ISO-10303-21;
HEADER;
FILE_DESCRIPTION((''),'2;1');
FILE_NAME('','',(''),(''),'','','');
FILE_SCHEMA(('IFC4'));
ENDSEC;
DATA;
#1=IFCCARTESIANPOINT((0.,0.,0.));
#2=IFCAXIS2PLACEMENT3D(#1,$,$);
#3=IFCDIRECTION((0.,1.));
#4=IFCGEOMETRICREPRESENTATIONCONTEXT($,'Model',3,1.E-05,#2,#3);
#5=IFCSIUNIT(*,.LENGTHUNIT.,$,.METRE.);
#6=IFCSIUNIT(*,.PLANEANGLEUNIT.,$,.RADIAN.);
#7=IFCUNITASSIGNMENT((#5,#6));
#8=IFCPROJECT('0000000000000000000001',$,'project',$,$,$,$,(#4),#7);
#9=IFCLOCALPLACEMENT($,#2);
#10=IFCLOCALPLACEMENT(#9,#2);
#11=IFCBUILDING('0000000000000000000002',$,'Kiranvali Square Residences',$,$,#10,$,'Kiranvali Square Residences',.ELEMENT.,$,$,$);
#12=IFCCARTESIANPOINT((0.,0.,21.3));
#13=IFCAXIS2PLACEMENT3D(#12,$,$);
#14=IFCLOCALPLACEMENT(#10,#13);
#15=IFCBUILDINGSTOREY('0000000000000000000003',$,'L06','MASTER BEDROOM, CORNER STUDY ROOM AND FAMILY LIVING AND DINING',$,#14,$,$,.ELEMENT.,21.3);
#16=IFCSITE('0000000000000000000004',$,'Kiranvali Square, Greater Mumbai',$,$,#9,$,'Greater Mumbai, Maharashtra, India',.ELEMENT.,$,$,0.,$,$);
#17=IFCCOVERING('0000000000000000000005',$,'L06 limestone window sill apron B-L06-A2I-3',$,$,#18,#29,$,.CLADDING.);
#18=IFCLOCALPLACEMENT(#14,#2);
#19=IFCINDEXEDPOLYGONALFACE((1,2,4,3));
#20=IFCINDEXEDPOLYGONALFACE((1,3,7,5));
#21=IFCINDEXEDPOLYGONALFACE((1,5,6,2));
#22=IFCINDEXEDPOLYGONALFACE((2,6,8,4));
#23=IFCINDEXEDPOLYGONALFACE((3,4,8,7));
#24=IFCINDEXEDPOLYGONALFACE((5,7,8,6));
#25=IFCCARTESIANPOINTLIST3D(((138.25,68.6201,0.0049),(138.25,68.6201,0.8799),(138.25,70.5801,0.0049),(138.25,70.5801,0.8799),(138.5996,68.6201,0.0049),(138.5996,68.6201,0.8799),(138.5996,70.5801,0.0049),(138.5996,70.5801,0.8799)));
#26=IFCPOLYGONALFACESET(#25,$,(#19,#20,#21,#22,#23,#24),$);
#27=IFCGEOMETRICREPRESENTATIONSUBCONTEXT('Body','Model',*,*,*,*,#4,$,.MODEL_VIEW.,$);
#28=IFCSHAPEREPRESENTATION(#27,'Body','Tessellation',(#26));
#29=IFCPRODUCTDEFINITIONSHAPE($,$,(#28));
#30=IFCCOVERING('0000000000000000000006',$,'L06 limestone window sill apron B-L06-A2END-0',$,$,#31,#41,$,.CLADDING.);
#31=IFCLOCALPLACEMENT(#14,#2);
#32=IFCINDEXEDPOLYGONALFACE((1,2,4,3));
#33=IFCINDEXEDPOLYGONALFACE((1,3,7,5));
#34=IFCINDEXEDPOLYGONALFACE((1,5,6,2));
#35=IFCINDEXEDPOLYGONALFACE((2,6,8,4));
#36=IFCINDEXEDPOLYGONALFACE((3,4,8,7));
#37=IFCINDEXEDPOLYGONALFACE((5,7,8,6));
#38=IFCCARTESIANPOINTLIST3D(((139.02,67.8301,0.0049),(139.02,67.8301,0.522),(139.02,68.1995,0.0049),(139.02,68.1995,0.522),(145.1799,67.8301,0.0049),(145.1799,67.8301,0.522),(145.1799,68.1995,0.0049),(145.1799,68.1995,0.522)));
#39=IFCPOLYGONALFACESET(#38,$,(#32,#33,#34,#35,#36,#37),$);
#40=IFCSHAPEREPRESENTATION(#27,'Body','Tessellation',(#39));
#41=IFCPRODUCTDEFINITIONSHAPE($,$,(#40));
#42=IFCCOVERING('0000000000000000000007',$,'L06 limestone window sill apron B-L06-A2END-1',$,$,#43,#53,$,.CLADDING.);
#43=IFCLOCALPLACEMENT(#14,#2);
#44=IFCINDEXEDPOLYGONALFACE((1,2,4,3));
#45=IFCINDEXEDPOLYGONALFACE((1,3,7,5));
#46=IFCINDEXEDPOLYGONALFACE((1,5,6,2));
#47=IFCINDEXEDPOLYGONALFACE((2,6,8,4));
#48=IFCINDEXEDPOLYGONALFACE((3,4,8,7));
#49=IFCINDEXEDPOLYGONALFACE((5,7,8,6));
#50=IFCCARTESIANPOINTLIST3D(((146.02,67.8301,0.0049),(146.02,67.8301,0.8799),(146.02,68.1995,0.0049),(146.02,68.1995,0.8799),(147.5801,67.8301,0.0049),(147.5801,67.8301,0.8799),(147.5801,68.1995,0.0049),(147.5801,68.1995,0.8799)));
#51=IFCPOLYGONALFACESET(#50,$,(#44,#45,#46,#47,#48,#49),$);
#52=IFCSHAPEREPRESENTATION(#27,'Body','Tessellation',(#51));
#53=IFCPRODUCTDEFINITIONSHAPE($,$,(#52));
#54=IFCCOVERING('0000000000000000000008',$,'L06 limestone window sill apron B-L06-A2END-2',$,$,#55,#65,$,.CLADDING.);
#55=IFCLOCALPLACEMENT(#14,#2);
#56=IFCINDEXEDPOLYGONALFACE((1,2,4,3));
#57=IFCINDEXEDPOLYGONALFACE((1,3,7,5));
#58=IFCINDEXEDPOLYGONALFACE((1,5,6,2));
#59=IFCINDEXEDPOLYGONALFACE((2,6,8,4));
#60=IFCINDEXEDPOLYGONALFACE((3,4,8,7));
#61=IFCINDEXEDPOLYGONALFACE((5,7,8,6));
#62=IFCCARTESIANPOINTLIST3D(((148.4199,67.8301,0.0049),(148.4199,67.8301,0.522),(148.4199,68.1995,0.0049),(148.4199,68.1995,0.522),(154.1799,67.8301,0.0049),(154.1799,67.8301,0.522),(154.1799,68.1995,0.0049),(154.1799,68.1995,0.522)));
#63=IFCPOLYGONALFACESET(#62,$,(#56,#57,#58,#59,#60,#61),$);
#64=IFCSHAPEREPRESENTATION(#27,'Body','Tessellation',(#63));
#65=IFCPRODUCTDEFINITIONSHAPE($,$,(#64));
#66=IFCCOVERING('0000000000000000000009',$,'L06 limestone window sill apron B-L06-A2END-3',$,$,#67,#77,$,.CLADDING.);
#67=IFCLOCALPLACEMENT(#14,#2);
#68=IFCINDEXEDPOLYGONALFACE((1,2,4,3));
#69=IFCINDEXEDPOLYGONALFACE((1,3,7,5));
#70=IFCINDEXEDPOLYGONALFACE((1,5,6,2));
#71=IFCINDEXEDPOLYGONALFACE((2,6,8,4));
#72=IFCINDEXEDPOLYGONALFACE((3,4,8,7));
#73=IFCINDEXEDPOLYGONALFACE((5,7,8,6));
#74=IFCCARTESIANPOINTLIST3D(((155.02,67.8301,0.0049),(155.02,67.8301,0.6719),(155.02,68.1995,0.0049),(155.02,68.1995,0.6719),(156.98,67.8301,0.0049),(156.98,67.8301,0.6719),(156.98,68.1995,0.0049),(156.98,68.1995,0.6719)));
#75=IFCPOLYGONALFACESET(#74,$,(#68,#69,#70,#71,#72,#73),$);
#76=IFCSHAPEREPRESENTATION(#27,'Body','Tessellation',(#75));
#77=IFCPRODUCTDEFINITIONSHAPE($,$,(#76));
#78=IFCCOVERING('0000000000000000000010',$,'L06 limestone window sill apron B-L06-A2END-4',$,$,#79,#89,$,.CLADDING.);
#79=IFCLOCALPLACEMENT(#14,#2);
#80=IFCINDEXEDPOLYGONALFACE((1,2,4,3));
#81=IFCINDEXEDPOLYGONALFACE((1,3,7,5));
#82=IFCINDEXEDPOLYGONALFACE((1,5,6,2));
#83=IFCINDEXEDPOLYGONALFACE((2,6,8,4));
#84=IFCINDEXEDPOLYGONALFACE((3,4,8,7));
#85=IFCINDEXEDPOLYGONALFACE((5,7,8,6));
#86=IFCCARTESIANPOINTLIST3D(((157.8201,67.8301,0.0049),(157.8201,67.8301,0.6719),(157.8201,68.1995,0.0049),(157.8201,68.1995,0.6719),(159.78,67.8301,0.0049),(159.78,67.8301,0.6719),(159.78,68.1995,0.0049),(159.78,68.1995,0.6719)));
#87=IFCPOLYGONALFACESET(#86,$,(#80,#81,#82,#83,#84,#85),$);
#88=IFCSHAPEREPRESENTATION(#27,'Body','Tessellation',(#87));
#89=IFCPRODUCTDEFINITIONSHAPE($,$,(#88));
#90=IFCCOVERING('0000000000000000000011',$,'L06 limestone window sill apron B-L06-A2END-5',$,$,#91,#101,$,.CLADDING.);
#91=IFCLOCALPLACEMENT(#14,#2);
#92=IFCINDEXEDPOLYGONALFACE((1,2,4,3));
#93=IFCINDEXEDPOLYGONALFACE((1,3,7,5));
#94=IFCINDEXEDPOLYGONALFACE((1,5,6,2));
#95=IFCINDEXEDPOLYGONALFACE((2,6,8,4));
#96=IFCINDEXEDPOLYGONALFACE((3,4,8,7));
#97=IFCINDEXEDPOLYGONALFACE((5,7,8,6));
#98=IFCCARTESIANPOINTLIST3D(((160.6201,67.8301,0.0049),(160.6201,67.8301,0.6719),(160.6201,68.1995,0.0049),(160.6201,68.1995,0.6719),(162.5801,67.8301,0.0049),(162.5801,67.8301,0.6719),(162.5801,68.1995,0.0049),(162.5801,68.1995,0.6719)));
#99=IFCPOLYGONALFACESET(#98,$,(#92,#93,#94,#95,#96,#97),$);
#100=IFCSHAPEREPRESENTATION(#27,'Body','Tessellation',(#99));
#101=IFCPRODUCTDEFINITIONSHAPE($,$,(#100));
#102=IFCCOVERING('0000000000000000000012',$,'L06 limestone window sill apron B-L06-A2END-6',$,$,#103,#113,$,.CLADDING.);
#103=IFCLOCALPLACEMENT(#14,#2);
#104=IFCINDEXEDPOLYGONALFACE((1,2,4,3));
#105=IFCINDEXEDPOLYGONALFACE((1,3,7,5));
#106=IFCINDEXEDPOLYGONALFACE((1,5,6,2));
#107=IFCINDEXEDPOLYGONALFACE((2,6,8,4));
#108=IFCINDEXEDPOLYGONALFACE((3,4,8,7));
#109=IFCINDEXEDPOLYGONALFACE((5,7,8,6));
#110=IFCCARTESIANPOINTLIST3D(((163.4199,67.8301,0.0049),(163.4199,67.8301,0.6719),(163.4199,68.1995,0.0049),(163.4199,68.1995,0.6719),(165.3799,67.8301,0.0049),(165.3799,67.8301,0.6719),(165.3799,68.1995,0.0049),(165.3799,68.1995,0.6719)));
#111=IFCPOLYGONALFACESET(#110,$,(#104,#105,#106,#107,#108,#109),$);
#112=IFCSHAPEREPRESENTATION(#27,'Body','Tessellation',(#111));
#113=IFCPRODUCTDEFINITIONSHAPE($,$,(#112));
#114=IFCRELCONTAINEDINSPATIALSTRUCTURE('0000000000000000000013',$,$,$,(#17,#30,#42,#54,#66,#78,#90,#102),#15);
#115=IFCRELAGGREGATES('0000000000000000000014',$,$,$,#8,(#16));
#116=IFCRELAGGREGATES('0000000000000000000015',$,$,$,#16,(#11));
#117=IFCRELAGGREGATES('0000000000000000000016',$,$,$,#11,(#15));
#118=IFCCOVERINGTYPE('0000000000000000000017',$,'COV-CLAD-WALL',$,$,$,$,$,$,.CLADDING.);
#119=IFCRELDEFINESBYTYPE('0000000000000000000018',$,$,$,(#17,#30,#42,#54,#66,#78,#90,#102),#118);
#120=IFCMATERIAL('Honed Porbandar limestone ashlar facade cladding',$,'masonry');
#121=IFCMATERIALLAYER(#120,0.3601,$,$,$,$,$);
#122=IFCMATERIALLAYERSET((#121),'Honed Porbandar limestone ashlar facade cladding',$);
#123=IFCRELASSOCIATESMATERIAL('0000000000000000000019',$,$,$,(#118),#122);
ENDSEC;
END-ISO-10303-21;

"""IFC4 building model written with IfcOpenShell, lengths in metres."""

from ifc_helpers import new_model, si_unit, direction, frame, origin, place, context, subcontext, project, spatial, polyline, outline, extrude, material, layer, layer_set, type_object, element, save


model = new_model("IFC4")

# Units and contexts
model_context = context("Model", 3, precision=1e-05, world=origin(), true_north=direction((0.0, 1.0)))
body_context = subcontext(model_context, "Body", "Model", "MODEL_VIEW")
ifc_project = project(units=[si_unit("LENGTHUNIT", "METRE"), si_unit("PLANEANGLEUNIT", "RADIAN")], contexts=[model_context])

# Site, building, storey
site_placement = place(None, origin())
site = spatial("IfcSite", under=ifc_project, at=site_placement, Name="Kiranvali Square, Greater Mumbai", LongName="Greater Mumbai, Maharashtra, India", CompositionType="ELEMENT", RefElevation=0.0)
building_placement = place(site_placement, origin())
building = spatial("IfcBuilding", under=site, at=building_placement, Name="Kiranvali Square Residences", LongName="Kiranvali Square Residences", CompositionType="ELEMENT")
storey_placement = place(building_placement, frame((0.0, 0.0, 21.3)))
storey = spatial("IfcBuildingStorey", under=building, at=storey_placement, Name="L06", Description="MASTER BEDROOM, CORNER STUDY ROOM AND FAMILY LIVING AND DINING", CompositionType="ELEMENT", Elevation=21.3)

# Coverings
ifc_material = material(Name="Honed Porbandar limestone ashlar facade cladding", Category="masonry")
ifc_layer_1 = layer(ifc_material, 0.3601)
ifc_layer_set_1 = layer_set([ifc_layer_1], Name="Honed Porbandar limestone ashlar facade cladding")
covering_type_1 = type_object("IfcCoveringType", Name="COV-CLAD-WALL", PredefinedType="CLADDING", material=ifc_layer_set_1)
covering_1_placement = place(storey_placement, frame((0.0, 0.0, 0.0049)))
element("IfcCovering", 1, at=covering_1_placement, inside=storey, type_object=covering_type_1, Name="L06 limestone window sill apron B-L06-A2I-3", PredefinedType="CLADDING", context=body_context, shape_type="SweptSolid", body=[
    extrude(outline(polyline([(138.25, 70.5801), (138.25, 68.6201), (138.5996, 68.6201), (138.5996, 70.5801), (138.25, 70.5801)])), origin(), (0.0, 0.0, 1.0), 0.875),
])
covering_2_placement = place(storey_placement, frame((0.0, 0.0, 0.0049)))
element("IfcCovering", 2, at=covering_2_placement, inside=storey, type_object=covering_type_1, Name="L06 limestone window sill apron B-L06-A2END-0", PredefinedType="CLADDING", context=body_context, shape_type="SweptSolid", body=[
    extrude(outline(polyline([(139.02, 67.8301), (145.1799, 67.8301), (145.1799, 68.1995), (139.02, 68.1995), (139.02, 67.8301)])), origin(), (0.0, 0.0, 1.0), 0.5171),
])
covering_3_placement = place(storey_placement, frame((0.0, 0.0, 0.0049)))
element("IfcCovering", 3, at=covering_3_placement, inside=storey, type_object=covering_type_1, Name="L06 limestone window sill apron B-L06-A2END-1", PredefinedType="CLADDING", context=body_context, shape_type="SweptSolid", body=[
    extrude(outline(polyline([(146.02, 67.8301), (147.5801, 67.8301), (147.5801, 68.1995), (146.02, 68.1995), (146.02, 67.8301)])), origin(), (0.0, 0.0, 1.0), 0.875),
])
covering_4_placement = place(storey_placement, frame((0.0, 0.0, 0.0049)))
element("IfcCovering", 4, at=covering_4_placement, inside=storey, type_object=covering_type_1, Name="L06 limestone window sill apron B-L06-A2END-2", PredefinedType="CLADDING", context=body_context, shape_type="SweptSolid", body=[
    extrude(outline(polyline([(148.4199, 67.8301), (154.1799, 67.8301), (154.1799, 68.1995), (148.4199, 68.1995), (148.4199, 67.8301)])), origin(), (0.0, 0.0, 1.0), 0.5171),
])
covering_5_placement = place(storey_placement, frame((0.0, 0.0, 0.0049)))
element("IfcCovering", 5, at=covering_5_placement, inside=storey, type_object=covering_type_1, Name="L06 limestone window sill apron B-L06-A2END-3", PredefinedType="CLADDING", context=body_context, shape_type="SweptSolid", body=[
    extrude(outline(polyline([(155.02, 67.8301), (156.98, 67.8301), (156.98, 68.1995), (155.02, 68.1995), (155.02, 67.8301)])), origin(), (0.0, 0.0, 1.0), 0.667),
])
covering_6_placement = place(storey_placement, frame((0.0, 0.0, 0.0049)))
element("IfcCovering", 6, at=covering_6_placement, inside=storey, type_object=covering_type_1, Name="L06 limestone window sill apron B-L06-A2END-4", PredefinedType="CLADDING", context=body_context, shape_type="SweptSolid", body=[
    extrude(outline(polyline([(157.8201, 67.8301), (159.78, 67.8301), (159.78, 68.1995), (157.8201, 68.1995), (157.8201, 67.8301)])), origin(), (0.0, 0.0, 1.0), 0.667),
])
covering_7_placement = place(storey_placement, frame((0.0, 0.0, 0.0049)))
element("IfcCovering", 7, at=covering_7_placement, inside=storey, type_object=covering_type_1, Name="L06 limestone window sill apron B-L06-A2END-5", PredefinedType="CLADDING", context=body_context, shape_type="SweptSolid", body=[
    extrude(outline(polyline([(160.6201, 67.8301), (162.5801, 67.8301), (162.5801, 68.1995), (160.6201, 68.1995), (160.6201, 67.8301)])), origin(), (0.0, 0.0, 1.0), 0.667),
])
covering_8_placement = place(storey_placement, frame((0.0, 0.0, 0.0049)))
element("IfcCovering", 8, at=covering_8_placement, inside=storey, type_object=covering_type_1, Name="L06 limestone window sill apron B-L06-A2END-6", PredefinedType="CLADDING", context=body_context, shape_type="SweptSolid", body=[
    extrude(outline(polyline([(163.4199, 67.8301), (165.3799, 67.8301), (165.3799, 68.1995), (163.4199, 68.1995), (163.4199, 67.8301)])), origin(), (0.0, 0.0, 1.0), 0.667),
])

save(model, "model.ifc")
